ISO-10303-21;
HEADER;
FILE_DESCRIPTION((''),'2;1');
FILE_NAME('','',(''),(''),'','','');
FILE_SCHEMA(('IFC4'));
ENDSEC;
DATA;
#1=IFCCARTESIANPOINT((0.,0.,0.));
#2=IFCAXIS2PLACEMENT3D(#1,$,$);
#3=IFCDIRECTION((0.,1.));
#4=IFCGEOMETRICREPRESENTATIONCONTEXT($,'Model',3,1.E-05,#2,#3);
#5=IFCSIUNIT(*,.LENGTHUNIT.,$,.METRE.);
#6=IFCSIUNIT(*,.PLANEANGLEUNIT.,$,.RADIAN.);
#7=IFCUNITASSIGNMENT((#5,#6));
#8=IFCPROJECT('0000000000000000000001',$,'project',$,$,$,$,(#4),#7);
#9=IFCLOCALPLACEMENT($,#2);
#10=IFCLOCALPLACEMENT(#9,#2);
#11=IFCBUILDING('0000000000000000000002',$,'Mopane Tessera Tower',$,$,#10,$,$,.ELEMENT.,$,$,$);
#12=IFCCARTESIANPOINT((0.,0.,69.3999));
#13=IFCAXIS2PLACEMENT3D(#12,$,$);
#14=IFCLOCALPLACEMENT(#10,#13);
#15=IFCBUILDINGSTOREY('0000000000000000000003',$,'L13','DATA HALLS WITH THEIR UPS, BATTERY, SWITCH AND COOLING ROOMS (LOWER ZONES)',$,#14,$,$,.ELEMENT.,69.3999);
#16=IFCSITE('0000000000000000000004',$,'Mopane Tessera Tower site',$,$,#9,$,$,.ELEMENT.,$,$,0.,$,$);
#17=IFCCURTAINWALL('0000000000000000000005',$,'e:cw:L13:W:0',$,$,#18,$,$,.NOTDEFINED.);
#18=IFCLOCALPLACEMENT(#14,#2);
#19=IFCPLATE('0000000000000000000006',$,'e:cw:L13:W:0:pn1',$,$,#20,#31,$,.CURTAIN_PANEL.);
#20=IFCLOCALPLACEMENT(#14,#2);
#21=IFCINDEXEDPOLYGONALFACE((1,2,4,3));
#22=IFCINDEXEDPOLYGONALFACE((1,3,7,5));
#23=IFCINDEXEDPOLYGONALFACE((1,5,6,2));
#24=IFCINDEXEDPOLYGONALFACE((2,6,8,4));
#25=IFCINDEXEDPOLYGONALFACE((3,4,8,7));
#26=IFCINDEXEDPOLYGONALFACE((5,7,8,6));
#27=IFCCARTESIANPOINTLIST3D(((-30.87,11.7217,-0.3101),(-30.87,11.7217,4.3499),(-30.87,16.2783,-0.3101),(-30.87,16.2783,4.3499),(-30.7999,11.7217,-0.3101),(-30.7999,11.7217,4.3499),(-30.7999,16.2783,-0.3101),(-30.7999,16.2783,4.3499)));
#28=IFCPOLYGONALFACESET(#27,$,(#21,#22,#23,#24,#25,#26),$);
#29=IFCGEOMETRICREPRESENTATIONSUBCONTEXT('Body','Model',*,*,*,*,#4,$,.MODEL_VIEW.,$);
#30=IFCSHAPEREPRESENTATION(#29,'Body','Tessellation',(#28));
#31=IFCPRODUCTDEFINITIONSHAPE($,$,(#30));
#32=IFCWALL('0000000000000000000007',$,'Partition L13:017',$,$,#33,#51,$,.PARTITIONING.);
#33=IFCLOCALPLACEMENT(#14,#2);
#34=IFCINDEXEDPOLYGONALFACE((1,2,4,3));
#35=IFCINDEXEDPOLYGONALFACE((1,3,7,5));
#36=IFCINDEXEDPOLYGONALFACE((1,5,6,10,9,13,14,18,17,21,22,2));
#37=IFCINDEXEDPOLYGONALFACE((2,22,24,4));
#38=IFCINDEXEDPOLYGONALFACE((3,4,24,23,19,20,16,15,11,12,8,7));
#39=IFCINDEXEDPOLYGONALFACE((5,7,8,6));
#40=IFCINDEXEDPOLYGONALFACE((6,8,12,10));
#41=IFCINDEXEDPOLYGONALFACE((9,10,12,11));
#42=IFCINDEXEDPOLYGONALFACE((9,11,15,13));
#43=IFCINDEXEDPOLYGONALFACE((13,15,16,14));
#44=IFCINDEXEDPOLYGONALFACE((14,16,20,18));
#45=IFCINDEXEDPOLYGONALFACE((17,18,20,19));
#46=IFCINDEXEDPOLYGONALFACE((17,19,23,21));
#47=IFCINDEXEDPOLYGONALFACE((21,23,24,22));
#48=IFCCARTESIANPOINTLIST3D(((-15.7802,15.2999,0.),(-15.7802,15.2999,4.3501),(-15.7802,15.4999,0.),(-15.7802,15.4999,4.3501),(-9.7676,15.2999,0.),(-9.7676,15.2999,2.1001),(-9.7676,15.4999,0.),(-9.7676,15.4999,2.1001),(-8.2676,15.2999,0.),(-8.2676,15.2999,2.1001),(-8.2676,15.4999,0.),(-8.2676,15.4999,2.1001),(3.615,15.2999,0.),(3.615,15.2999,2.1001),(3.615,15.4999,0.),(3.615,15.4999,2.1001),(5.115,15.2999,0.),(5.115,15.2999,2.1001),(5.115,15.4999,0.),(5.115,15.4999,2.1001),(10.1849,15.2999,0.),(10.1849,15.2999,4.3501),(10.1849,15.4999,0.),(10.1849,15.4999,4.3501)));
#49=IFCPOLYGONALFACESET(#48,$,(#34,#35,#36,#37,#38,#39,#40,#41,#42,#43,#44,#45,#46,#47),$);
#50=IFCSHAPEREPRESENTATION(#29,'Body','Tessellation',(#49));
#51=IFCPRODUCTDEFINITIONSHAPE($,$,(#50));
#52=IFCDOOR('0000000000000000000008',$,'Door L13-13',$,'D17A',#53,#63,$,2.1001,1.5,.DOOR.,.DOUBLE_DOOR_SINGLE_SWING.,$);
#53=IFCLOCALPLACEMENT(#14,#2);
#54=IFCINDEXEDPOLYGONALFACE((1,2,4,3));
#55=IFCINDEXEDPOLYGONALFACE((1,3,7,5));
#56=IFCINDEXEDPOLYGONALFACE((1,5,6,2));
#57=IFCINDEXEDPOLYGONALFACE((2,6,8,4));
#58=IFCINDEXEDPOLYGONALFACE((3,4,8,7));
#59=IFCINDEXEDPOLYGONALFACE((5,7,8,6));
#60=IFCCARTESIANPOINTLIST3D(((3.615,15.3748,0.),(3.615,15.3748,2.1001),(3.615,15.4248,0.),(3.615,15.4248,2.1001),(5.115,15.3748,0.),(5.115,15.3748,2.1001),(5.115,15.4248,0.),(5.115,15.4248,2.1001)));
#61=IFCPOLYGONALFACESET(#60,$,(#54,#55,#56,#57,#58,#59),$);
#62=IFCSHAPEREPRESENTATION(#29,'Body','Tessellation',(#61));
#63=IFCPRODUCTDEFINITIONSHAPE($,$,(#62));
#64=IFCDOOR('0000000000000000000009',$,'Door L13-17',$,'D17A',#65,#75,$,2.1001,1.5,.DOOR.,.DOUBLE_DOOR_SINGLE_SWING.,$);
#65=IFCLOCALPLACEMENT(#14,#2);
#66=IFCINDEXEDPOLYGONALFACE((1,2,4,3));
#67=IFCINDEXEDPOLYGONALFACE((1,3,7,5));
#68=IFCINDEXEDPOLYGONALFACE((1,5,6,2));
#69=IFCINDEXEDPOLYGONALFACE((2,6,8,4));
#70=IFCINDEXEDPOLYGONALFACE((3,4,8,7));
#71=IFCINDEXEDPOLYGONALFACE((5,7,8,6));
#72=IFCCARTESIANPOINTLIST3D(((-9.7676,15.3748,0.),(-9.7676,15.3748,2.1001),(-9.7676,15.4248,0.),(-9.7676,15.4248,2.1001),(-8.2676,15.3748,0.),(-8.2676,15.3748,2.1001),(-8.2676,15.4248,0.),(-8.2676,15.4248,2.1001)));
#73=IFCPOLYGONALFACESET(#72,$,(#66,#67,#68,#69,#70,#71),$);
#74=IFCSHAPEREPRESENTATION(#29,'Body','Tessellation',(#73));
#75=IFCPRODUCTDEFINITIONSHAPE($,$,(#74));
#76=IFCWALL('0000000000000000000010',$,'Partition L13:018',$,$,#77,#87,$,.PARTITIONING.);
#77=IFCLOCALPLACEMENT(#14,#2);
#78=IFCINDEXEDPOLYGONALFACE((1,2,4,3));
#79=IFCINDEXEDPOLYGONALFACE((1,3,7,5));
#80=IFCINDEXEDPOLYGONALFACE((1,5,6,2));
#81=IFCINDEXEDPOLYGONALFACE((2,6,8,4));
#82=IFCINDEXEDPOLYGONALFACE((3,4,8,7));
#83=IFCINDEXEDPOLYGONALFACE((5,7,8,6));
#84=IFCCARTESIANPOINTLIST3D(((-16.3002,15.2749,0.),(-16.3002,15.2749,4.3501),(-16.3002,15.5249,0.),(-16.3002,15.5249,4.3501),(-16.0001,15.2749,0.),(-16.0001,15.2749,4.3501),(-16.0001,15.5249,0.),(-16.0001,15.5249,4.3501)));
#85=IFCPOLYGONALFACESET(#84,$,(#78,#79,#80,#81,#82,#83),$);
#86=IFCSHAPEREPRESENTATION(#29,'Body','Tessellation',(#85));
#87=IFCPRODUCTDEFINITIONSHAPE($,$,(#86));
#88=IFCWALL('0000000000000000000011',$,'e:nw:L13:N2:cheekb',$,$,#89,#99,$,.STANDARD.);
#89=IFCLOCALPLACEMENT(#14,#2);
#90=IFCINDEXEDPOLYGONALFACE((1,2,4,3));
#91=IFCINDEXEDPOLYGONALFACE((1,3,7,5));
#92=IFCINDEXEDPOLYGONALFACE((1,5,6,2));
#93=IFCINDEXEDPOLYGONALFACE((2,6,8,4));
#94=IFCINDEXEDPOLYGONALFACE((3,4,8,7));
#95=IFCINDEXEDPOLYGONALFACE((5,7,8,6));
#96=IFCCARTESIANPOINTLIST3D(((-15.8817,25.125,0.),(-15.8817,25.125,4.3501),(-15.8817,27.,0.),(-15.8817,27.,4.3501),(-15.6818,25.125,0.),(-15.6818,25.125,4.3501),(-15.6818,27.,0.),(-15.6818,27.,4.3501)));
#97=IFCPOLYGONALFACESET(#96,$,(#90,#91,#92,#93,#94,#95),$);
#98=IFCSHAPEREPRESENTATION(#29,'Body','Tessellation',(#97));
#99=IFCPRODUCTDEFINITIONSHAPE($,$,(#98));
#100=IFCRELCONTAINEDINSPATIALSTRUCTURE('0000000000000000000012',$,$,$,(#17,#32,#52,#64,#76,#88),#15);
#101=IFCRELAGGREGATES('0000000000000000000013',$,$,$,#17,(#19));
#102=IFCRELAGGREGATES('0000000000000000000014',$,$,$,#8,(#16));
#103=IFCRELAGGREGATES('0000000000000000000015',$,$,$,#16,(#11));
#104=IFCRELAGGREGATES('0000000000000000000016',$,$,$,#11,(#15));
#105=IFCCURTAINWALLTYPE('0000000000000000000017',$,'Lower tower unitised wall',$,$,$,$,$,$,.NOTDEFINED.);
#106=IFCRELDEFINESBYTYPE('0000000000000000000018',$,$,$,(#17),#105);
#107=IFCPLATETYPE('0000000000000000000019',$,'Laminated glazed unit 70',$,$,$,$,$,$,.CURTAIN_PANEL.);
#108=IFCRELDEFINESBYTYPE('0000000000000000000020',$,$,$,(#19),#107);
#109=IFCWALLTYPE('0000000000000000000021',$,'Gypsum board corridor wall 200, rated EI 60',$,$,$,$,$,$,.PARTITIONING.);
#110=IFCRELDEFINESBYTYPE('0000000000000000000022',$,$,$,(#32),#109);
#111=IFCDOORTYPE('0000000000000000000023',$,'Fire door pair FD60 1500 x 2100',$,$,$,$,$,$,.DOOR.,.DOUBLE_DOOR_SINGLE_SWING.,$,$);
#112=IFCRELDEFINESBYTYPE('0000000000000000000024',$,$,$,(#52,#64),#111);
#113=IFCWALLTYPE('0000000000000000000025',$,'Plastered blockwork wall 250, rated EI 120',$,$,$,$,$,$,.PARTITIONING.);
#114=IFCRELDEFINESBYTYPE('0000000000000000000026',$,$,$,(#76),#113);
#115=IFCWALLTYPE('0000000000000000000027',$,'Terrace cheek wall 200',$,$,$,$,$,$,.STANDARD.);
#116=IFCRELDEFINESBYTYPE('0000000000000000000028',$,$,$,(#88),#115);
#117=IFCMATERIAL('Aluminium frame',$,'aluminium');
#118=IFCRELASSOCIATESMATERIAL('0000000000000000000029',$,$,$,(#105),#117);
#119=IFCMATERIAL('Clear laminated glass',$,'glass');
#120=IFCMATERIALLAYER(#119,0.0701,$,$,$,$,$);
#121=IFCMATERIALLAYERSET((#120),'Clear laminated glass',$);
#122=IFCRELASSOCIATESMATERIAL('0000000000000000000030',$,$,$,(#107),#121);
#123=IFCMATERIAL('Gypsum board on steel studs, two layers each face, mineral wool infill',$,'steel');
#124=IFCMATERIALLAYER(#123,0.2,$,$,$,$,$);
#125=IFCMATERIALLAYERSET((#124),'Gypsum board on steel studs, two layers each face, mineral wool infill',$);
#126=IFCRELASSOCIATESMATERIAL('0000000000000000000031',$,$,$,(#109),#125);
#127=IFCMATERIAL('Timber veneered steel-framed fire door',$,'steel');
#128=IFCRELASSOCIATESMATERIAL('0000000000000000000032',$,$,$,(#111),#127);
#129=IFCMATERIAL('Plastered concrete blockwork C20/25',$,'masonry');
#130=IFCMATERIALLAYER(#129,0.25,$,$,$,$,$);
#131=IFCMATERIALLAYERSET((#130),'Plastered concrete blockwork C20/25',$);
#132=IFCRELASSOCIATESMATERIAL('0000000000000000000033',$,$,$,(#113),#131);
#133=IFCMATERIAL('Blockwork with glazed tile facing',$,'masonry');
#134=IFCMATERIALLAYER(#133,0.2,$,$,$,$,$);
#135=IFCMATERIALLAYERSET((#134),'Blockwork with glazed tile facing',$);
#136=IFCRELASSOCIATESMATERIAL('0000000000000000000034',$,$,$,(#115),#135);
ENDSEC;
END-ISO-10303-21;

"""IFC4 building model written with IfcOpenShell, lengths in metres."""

from ifc_helpers import new_model, si_unit, direction, frame, frame_2d, origin, origin_2d, place, context, subcontext, project, spatial, rectangle, extrude, material, layer, layer_set, type_object, element, fill, aggregate, save


model = new_model("IFC4")

# Units and contexts
model_context = context("Model", 3, precision=1e-05, world=origin(), true_north=direction((0.0, 1.0)))
body_context = subcontext(model_context, "Body", "Model", "MODEL_VIEW")
ifc_project = project(units=[si_unit("LENGTHUNIT", "METRE"), si_unit("PLANEANGLEUNIT", "RADIAN")], contexts=[model_context])

# Site, building, storey
site_placement = place(None, origin())
site = spatial("IfcSite", under=ifc_project, at=site_placement, Name="Mopane Tessera Tower site", CompositionType="ELEMENT", RefElevation=0.0)
building_placement = place(site_placement, origin())
building = spatial("IfcBuilding", under=site, at=building_placement, Name="Mopane Tessera Tower", CompositionType="ELEMENT")
storey_placement = place(building_placement, frame((0.0, 0.0, 69.3999)))
storey = spatial("IfcBuildingStorey", under=building, at=storey_placement, Name="L13", Description="DATA HALLS WITH THEIR UPS, BATTERY, SWITCH AND COOLING ROOMS (LOWER ZONES)", CompositionType="ELEMENT", Elevation=69.3999)

# Curtain wall
ifc_material_1 = material(Name="Aluminium frame", Category="aluminium")
curtain_wall_type = type_object("IfcCurtainWallType", Name="Lower tower unitised wall", PredefinedType="NOTDEFINED", material=ifc_material_1)
curtain_wall_1_placement = place(storey_placement, origin())
curtain_wall_1 = element("IfcCurtainWall", 1, at=curtain_wall_1_placement, inside=storey, type_object=curtain_wall_type, Name="e:cw:L13:W:0", PredefinedType="NOTDEFINED")

# Plate
ifc_material_2 = material(Name="Clear laminated glass", Category="glass")
ifc_layer_1 = layer(ifc_material_2, 0.0701)
ifc_layer_set_1 = layer_set([ifc_layer_1], Name="Clear laminated glass")
plate_type = type_object("IfcPlateType", Name="Laminated glazed unit 70", PredefinedType="CURTAIN_PANEL", material=ifc_layer_set_1)
plate_1_placement = place(storey_placement, frame((-30.835, 14.0, -0.3101), z_axis=(0.0, 0.0, 1.0), x_axis=(0.0, -1.0, 0.0)))
plate_1 = element("IfcPlate", 2, at=plate_1_placement, type_object=plate_type, Name="e:cw:L13:W:0:pn1", PredefinedType="CURTAIN_PANEL", context=body_context, shape_type="SweptSolid", body=[
    extrude(rectangle(XDim=4.5566, YDim=0.0701, at=origin_2d()), origin(), (0.0, 0.0, 1.0), 4.6599),
])
aggregate(curtain_wall_1, [plate_1])

# Wall, openings, doors
ifc_material_3 = material(Name="Gypsum board on steel studs, two layers each face, mineral wool infill", Category="steel")
ifc_layer_2 = layer(ifc_material_3, 0.2)
ifc_layer_set_2 = layer_set([ifc_layer_2], Name="Gypsum board on steel studs, two layers each face, mineral wool infill")
wall_type_1 = type_object("IfcWallType", Name="Gypsum board corridor wall 200, rated EI 60", PredefinedType="PARTITIONING", material=ifc_layer_set_2)
wall_1_placement = place(storey_placement, frame((-15.78, 15.3999, 0.0), z_axis=(0.0, 0.0, 1.0), x_axis=(1.0, 0.0, 0.0)))
wall_1 = element("IfcWall", 3, at=wall_1_placement, inside=storey, type_object=wall_type_1, Name="Partition L13:017", PredefinedType="PARTITIONING", context=body_context, shape_type="SweptSolid", body=[
    extrude(rectangle(XDim=25.9651, YDim=0.2, at=frame_2d((12.9824, 0.0))), origin(), (0.0, 0.0, 1.0), 4.3501),
])
opening_1_placement = place(wall_1_placement, frame((19.395, 0.0, 0.0)))
opening_1 = element("IfcOpeningElement", 4, at=opening_1_placement, cuts=wall_1, PredefinedType="OPENING", context=body_context, shape_type="SweptSolid", body=[
    extrude(rectangle(XDim=1.5, YDim=2.1001, at=frame_2d((0.75, 1.05))), frame((0.0, 0.1121, 0.0), z_axis=(0.0, -1.0, 0.0), x_axis=(1.0, 0.0, 0.0)), (0.0, 0.0, 1.0), 0.2239),
])
opening_2_placement = place(wall_1_placement, frame((6.0125, 0.0, 0.0)))
opening_2 = element("IfcOpeningElement", 5, at=opening_2_placement, cuts=wall_1, PredefinedType="OPENING", context=body_context, shape_type="SweptSolid", body=[
    extrude(rectangle(XDim=1.5, YDim=2.1001, at=frame_2d((0.75, 1.05))), frame((0.0, 0.1121, 0.0), z_axis=(0.0, -1.0, 0.0), x_axis=(1.0, 0.0, 0.0)), (0.0, 0.0, 1.0), 0.2239),
])
ifc_material_4 = material(Name="Timber veneered steel-framed fire door", Category="steel")
door_type = type_object("IfcDoorType", Name="Fire door pair FD60 1500 x 2100", OperationType="DOUBLE_DOOR_SINGLE_SWING", PredefinedType="DOOR", material=ifc_material_4)
door_1_placement = place(opening_1_placement, origin())
door_1 = element("IfcDoor", 6, at=door_1_placement, inside=storey, type_object=door_type, Name="Door L13-13", ObjectType="D17A", OperationType="DOUBLE_DOOR_SINGLE_SWING", OverallHeight=2.1001, OverallWidth=1.5, PredefinedType="DOOR", context=body_context, shape_type="SweptSolid", body=[
    extrude(rectangle(XDim=1.5, YDim=2.1001, at=frame_2d((0.75, 1.05))), frame((0.0, 0.0249, 0.0), z_axis=(0.0, -1.0, 0.0), x_axis=(1.0, 0.0, 0.0)), (0.0, 0.0, 1.0), 0.05),
])
fill(opening_1, door_1)
door_2_placement = place(opening_2_placement, origin())
door_2 = element("IfcDoor", 7, at=door_2_placement, inside=storey, type_object=door_type, Name="Door L13-17", ObjectType="D17A", OperationType="DOUBLE_DOOR_SINGLE_SWING", OverallHeight=2.1001, OverallWidth=1.5, PredefinedType="DOOR", context=body_context, shape_type="SweptSolid", body=[
    extrude(rectangle(XDim=1.5, YDim=2.1001, at=frame_2d((0.75, 1.05))), frame((0.0, 0.0249, 0.0), z_axis=(0.0, -1.0, 0.0), x_axis=(1.0, 0.0, 0.0)), (0.0, 0.0, 1.0), 0.05),
])
fill(opening_2, door_2)

# Walls
ifc_material_5 = material(Name="Plastered concrete blockwork C20/25", Category="masonry")
ifc_layer_3 = layer(ifc_material_5, 0.25)
ifc_layer_set_3 = layer_set([ifc_layer_3], Name="Plastered concrete blockwork C20/25")
wall_type_2 = type_object("IfcWallType", Name="Plastered blockwork wall 250, rated EI 120", PredefinedType="PARTITIONING", material=ifc_layer_set_3)
wall_2_placement = place(storey_placement, frame((-16.3, 15.3999, 0.0), z_axis=(0.0, 0.0, 1.0), x_axis=(1.0, 0.0, 0.0)))
element("IfcWall", 8, at=wall_2_placement, inside=storey, type_object=wall_type_2, Name="Partition L13:018", PredefinedType="PARTITIONING", context=body_context, shape_type="SweptSolid", body=[
    extrude(rectangle(XDim=0.3, YDim=0.25, at=frame_2d((0.1499, 0.0))), origin(), (0.0, 0.0, 1.0), 4.3501),
])
ifc_material_6 = material(Name="Blockwork with glazed tile facing", Category="masonry")
ifc_layer_4 = layer(ifc_material_6, 0.2)
ifc_layer_set_4 = layer_set([ifc_layer_4], Name="Blockwork with glazed tile facing")
wall_type_3 = type_object("IfcWallType", Name="Terrace cheek wall 200", PredefinedType="STANDARD", material=ifc_layer_set_4)
wall_3_placement = place(storey_placement, frame((-15.7817, 27.0, 0.0), z_axis=(0.0, 0.0, 1.0), x_axis=(0.0, -1.0, 0.0)))
element("IfcWall", 9, at=wall_3_placement, inside=storey, type_object=wall_type_3, Name="e:nw:L13:N2:cheekb", PredefinedType="STANDARD", context=body_context, shape_type="SweptSolid", body=[
    extrude(rectangle(XDim=1.875, YDim=0.2, at=frame_2d((0.9375, 0.0))), origin(), (0.0, 0.0, 1.0), 4.3501),
])

save(model, "model.ifc")
